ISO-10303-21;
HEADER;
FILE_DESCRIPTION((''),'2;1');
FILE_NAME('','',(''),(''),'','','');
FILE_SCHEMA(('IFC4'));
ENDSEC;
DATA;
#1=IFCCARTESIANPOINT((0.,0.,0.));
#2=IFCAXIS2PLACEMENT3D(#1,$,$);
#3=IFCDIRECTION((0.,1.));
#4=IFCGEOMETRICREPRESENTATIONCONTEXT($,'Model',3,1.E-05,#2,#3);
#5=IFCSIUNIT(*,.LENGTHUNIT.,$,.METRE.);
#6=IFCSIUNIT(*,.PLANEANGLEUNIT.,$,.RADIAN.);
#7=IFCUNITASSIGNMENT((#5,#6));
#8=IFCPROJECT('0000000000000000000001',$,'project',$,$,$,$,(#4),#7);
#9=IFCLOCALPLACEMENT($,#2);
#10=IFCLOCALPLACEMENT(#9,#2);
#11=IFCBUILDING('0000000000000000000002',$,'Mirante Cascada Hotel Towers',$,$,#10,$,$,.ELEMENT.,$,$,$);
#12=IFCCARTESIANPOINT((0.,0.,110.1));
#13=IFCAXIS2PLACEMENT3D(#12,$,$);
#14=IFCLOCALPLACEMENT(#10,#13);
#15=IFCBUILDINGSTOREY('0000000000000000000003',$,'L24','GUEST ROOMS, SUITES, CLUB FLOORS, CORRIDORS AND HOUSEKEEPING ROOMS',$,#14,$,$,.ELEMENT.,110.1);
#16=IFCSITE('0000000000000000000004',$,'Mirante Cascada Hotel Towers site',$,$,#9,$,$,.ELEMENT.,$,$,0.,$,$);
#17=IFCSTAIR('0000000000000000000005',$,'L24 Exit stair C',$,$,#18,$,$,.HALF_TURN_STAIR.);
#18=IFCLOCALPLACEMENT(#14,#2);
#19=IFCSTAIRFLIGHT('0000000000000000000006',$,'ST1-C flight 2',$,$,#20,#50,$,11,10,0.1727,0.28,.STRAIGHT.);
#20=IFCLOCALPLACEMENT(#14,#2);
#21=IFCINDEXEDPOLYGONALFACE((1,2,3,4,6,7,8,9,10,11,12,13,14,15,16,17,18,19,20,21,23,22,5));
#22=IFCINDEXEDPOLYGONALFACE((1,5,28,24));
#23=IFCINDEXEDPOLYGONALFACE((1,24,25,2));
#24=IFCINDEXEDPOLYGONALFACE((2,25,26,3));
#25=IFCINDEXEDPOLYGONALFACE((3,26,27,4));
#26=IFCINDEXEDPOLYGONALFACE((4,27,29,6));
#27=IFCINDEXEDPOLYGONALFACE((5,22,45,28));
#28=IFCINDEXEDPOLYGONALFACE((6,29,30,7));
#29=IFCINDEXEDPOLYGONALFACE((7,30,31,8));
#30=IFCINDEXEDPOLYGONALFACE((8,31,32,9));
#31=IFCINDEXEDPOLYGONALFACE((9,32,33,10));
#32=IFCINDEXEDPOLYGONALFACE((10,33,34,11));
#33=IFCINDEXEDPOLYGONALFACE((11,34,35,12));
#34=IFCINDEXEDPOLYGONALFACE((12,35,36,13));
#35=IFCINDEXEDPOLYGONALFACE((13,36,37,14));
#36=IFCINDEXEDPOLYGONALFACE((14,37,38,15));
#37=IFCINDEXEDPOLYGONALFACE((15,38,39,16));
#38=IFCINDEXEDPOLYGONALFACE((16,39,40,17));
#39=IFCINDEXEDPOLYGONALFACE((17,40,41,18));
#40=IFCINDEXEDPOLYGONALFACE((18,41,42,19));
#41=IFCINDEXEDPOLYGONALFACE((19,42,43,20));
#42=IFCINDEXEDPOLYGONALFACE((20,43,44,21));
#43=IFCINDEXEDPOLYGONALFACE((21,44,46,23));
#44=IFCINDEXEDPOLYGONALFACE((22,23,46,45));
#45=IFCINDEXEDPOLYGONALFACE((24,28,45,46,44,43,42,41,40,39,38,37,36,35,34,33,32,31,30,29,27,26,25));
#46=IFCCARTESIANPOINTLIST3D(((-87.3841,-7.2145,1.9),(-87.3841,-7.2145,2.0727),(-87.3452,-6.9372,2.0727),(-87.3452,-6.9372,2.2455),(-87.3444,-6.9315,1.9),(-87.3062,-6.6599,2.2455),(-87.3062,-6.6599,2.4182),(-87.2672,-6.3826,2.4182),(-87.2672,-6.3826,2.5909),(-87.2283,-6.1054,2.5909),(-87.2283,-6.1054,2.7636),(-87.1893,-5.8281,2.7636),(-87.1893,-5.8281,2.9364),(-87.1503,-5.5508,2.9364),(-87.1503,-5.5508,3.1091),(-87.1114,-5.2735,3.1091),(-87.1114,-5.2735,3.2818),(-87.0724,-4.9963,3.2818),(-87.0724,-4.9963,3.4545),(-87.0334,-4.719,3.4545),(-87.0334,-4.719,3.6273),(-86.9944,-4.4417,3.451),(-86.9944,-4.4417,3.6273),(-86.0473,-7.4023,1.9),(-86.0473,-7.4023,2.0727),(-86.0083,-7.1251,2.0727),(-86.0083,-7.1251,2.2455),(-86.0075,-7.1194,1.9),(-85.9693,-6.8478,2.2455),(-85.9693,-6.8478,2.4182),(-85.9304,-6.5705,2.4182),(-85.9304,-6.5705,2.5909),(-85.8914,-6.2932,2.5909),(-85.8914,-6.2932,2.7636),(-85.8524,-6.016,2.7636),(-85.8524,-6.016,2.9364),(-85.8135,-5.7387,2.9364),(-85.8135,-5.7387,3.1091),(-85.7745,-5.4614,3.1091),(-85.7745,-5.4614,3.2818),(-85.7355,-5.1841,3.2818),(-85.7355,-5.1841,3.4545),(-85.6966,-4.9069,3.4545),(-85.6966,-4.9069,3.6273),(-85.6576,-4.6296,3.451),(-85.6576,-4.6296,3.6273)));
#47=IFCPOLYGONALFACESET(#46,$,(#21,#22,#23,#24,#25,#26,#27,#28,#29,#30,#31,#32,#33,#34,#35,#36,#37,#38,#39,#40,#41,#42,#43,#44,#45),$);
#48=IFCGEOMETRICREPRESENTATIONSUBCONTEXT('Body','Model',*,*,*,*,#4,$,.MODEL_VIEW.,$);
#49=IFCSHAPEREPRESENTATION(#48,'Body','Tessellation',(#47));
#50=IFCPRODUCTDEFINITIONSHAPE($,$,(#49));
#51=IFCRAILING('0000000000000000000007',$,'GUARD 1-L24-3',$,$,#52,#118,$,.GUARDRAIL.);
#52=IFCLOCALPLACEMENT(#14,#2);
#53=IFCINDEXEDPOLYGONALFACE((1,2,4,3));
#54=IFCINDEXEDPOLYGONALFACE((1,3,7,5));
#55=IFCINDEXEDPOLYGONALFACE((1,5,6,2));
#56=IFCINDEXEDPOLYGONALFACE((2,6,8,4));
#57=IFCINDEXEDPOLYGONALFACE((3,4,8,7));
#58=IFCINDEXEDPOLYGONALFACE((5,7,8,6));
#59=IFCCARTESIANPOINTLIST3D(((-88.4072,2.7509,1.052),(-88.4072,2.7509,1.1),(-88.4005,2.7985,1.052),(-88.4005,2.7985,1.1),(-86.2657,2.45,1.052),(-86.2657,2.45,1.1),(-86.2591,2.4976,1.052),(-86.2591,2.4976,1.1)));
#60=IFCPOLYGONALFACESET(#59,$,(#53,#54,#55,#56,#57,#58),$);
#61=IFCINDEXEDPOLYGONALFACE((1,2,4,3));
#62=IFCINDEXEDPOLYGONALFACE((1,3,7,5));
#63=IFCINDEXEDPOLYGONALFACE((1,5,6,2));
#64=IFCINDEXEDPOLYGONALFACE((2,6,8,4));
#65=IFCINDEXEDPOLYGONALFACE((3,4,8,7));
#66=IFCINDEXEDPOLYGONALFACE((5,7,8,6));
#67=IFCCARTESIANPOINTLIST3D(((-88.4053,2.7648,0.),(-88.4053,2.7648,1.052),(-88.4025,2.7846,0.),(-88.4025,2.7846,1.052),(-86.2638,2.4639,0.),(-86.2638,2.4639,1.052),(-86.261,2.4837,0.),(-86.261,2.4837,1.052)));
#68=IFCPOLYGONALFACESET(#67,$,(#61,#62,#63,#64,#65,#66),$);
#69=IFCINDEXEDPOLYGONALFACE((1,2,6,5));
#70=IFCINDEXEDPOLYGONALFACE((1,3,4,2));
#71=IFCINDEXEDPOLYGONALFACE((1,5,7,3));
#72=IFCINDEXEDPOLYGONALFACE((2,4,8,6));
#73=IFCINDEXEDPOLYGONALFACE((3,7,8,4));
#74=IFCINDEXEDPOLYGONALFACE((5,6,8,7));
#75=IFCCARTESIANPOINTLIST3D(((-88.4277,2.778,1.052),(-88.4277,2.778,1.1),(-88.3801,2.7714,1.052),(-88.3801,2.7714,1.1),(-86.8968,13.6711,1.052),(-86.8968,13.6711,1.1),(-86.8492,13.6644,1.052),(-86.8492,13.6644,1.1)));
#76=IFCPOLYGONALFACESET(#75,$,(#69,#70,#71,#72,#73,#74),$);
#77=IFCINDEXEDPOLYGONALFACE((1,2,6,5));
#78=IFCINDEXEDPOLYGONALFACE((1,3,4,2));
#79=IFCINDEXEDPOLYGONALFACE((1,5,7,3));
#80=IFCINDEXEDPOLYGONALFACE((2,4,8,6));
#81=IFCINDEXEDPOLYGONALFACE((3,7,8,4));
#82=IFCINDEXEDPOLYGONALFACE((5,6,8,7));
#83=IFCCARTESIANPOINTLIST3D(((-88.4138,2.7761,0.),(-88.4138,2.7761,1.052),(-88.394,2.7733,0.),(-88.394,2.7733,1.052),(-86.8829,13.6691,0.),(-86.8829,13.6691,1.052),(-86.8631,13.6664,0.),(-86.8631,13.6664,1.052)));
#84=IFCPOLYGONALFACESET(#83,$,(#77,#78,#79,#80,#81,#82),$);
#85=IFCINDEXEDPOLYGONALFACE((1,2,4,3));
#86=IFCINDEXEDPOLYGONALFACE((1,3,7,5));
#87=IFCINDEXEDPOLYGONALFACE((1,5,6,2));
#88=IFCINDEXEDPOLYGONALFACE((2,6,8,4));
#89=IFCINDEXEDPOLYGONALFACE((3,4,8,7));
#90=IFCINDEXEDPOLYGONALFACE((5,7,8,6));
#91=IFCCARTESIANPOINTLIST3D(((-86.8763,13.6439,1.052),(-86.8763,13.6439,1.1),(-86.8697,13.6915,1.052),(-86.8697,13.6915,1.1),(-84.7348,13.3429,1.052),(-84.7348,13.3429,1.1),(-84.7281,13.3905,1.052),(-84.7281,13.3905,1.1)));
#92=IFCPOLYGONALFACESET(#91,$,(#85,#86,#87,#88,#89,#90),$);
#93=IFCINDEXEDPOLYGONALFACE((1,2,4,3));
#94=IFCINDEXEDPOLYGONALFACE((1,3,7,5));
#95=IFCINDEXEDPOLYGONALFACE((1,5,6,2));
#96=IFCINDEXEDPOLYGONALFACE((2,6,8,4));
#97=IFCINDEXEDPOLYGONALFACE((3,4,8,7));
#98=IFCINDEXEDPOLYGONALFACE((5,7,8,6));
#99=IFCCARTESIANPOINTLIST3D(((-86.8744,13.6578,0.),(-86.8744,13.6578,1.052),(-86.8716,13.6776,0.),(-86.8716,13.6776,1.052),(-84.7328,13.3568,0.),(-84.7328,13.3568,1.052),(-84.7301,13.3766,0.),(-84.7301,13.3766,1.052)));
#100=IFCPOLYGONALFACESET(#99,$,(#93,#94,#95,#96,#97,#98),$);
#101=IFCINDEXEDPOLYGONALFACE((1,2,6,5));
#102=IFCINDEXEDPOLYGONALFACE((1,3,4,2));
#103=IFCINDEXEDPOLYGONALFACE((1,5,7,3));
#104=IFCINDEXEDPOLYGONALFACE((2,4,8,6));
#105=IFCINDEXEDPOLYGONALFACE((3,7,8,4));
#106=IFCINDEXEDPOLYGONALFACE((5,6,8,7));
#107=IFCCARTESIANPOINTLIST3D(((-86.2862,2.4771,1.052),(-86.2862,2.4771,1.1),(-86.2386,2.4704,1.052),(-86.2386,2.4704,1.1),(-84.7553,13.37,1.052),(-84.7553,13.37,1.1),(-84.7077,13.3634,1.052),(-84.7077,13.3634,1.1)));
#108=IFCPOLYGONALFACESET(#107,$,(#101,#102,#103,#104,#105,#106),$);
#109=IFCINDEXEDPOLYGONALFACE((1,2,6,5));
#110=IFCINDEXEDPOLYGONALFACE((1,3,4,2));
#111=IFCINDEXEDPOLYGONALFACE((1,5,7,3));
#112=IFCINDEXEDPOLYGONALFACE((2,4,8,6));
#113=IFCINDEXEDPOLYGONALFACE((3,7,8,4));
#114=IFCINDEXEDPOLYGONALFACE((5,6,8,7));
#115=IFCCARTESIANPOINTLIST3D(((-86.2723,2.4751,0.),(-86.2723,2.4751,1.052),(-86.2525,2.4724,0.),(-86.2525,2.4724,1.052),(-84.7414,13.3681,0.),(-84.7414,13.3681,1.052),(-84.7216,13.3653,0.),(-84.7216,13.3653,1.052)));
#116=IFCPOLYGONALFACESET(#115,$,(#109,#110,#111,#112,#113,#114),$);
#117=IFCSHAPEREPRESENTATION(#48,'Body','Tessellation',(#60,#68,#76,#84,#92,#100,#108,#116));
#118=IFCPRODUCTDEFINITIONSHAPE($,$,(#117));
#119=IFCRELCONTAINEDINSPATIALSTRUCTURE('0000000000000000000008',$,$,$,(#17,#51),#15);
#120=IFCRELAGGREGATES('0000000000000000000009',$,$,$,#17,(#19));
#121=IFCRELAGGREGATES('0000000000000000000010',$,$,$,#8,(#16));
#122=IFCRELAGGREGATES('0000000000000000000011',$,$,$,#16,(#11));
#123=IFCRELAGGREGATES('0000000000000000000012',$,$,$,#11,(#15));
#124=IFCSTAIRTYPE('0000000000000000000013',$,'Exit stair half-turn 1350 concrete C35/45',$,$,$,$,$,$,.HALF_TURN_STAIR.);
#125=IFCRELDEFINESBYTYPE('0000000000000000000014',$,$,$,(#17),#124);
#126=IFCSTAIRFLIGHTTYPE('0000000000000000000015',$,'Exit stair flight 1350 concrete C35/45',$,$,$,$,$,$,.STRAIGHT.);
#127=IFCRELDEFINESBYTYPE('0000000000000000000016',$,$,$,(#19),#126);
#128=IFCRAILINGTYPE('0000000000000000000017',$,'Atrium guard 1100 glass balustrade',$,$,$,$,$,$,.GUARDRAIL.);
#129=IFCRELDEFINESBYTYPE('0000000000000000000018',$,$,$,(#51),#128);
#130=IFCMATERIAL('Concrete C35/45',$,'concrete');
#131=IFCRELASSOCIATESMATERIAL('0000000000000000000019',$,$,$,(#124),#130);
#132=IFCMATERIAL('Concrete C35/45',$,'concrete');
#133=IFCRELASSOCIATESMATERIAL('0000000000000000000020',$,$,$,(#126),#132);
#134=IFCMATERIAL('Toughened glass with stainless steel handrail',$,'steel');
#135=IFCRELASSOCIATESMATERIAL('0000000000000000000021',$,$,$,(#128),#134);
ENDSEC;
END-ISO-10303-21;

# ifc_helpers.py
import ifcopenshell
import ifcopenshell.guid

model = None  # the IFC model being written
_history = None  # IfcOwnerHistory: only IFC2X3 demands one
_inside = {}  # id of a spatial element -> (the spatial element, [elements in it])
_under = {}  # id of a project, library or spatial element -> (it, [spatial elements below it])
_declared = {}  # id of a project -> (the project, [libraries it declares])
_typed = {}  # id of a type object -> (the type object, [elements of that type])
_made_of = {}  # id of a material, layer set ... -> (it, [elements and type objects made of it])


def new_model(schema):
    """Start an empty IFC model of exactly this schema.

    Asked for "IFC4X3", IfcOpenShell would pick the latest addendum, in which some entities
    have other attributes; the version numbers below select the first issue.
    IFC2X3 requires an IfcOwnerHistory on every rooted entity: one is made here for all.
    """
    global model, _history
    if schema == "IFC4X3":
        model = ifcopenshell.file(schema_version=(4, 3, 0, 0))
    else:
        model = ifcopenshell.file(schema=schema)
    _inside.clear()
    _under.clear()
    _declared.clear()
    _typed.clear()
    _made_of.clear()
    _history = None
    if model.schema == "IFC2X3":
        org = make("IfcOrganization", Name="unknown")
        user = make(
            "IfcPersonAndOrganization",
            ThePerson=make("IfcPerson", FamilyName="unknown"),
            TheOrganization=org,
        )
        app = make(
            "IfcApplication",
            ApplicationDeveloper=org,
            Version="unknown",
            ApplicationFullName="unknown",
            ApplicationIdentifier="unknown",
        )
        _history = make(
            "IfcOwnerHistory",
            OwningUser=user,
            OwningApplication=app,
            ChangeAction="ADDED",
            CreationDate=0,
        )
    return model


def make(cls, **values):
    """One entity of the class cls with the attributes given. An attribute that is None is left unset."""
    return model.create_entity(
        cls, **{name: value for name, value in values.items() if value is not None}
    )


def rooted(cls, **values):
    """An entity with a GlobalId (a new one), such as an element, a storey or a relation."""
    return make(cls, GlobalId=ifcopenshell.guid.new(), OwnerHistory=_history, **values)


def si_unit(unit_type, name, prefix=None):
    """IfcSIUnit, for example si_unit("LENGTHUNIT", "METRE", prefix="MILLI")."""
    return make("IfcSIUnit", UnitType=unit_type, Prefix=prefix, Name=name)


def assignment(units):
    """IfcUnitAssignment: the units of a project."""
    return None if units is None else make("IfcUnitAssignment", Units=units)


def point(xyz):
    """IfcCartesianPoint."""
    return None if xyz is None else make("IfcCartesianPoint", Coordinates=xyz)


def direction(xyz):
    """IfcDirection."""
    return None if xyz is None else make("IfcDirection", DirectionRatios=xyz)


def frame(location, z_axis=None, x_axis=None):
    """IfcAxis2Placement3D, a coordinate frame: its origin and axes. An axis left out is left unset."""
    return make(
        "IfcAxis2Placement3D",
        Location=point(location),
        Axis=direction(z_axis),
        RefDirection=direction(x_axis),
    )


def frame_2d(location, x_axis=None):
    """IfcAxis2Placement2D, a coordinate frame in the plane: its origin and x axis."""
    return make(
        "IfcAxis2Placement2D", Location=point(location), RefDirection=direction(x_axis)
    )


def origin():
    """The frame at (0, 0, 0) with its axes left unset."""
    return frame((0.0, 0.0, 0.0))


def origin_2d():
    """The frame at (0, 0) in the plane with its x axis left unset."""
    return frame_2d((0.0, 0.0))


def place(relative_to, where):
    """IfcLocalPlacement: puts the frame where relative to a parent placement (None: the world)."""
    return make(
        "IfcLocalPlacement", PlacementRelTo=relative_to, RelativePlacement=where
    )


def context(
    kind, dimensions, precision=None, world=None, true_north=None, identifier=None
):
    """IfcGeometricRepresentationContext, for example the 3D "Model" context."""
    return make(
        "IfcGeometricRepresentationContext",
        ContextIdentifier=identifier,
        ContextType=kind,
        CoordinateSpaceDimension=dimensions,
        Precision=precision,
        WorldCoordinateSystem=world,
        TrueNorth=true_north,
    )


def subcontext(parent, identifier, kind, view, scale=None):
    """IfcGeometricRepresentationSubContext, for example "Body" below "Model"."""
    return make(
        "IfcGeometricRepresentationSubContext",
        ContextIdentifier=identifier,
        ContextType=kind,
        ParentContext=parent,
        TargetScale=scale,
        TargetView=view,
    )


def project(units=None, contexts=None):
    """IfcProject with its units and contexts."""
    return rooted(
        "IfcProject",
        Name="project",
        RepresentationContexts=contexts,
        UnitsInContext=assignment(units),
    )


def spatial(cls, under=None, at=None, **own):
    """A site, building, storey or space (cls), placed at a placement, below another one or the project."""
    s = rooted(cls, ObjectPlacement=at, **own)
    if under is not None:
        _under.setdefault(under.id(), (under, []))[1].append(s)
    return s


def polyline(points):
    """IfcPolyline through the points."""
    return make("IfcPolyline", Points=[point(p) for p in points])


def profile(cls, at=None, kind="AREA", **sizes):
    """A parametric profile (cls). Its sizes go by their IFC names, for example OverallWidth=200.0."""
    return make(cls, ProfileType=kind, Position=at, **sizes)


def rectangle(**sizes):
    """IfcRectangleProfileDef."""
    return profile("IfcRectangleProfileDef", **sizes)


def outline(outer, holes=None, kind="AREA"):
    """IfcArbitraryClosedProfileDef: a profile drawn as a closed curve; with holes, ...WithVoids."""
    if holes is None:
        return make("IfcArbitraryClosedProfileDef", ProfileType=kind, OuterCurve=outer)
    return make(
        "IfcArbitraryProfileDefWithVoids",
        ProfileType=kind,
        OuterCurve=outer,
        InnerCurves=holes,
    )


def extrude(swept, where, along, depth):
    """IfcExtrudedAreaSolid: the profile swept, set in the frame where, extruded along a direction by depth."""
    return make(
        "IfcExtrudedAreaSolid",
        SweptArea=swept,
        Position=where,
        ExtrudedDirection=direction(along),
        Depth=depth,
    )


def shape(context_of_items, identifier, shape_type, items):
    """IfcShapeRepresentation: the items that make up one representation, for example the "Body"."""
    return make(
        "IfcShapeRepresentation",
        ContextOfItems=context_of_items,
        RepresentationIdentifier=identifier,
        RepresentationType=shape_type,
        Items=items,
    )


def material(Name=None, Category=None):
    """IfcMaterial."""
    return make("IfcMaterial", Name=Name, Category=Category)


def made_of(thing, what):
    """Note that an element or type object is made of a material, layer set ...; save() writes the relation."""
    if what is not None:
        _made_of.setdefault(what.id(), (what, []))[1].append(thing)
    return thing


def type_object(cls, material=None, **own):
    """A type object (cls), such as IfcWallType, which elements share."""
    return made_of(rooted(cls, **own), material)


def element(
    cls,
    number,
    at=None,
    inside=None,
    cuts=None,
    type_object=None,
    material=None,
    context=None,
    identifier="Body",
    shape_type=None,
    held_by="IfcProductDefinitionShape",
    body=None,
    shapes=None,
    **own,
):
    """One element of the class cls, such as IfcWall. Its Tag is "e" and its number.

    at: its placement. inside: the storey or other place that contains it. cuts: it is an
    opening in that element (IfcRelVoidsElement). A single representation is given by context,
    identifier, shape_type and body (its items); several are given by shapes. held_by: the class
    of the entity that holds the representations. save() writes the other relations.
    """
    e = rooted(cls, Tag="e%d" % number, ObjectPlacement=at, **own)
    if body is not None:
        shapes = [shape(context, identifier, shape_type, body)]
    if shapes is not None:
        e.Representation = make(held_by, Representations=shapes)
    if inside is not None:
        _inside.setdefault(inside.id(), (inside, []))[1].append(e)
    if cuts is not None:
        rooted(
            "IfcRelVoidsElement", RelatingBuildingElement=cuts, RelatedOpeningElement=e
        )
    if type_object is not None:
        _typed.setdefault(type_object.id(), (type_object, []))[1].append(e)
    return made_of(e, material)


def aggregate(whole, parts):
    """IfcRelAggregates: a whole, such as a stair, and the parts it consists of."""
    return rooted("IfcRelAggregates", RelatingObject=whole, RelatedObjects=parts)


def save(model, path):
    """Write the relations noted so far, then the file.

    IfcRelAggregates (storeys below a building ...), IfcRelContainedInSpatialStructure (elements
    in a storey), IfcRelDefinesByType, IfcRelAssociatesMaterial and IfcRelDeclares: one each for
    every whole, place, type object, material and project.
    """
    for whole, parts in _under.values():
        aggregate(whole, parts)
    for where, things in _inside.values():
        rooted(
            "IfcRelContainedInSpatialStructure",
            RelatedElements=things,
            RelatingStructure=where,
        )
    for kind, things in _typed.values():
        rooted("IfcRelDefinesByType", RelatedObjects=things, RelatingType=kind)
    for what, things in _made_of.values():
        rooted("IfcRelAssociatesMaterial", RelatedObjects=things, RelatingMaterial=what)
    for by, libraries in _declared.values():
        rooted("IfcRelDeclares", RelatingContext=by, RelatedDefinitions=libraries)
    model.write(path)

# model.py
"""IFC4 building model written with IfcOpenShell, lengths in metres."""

from ifc_helpers import new_model, si_unit, direction, frame, origin, origin_2d, place, context, subcontext, project, spatial, polyline, rectangle, outline, extrude, material, type_object, element, aggregate, save


model = new_model("IFC4")

# Units and contexts
model_context = context("Model", 3, precision=1e-05, world=origin(), true_north=direction((0.0, 1.0)))
body_context = subcontext(model_context, "Body", "Model", "MODEL_VIEW")
ifc_project = project(units=[si_unit("LENGTHUNIT", "METRE"), si_unit("PLANEANGLEUNIT", "RADIAN")], contexts=[model_context])

# Site, building, storey
site_placement = place(None, origin())
site = spatial("IfcSite", under=ifc_project, at=site_placement, Name="Mirante Cascada Hotel Towers site", CompositionType="ELEMENT", RefElevation=0.0)
building_placement = place(site_placement, origin())
building = spatial("IfcBuilding", under=site, at=building_placement, Name="Mirante Cascada Hotel Towers", CompositionType="ELEMENT")
storey_placement = place(building_placement, frame((0.0, 0.0, 110.1)))
storey = spatial("IfcBuildingStorey", under=building, at=storey_placement, Name="L24", Description="GUEST ROOMS, SUITES, CLUB FLOORS, CORRIDORS AND HOUSEKEEPING ROOMS", CompositionType="ELEMENT", Elevation=110.1)

# Stair, stair flight
ifc_material_1 = material(Name="Concrete C35/45", Category="concrete")
stair_type = type_object("IfcStairType", Name="Exit stair half-turn 1350 concrete C35/45", PredefinedType="HALF_TURN_STAIR", material=ifc_material_1)
stair_placement = place(storey_placement, origin())
stair = element("IfcStair", 1, at=stair_placement, inside=storey, type_object=stair_type, Name="L24 Exit stair C", PredefinedType="HALF_TURN_STAIR")
ifc_material_2 = material(Name="Concrete C35/45", Category="concrete")
stair_flight_type = type_object("IfcStairFlightType", Name="Exit stair flight 1350 concrete C35/45", PredefinedType="STRAIGHT", material=ifc_material_2)
stair_flight_1_placement = place(storey_placement, frame((-86.7157, -7.3084, 1.9), z_axis=(0.0, 0.0, 1.0), x_axis=(0.139173, 0.990268, 0.0)))
stair_flight_1 = element("IfcStairFlight", 2, at=stair_flight_1_placement, type_object=stair_flight_type, Name="ST1-C flight 2", NumberOfRisers=11, NumberOfTreads=10, PredefinedType="STRAIGHT", RiserHeight=0.1727, TreadLength=0.28, context=body_context, shape_type="SweptSolid", body=[
    extrude(outline(polyline([(0.0, 0.0), (0.0, 0.1727), (0.28, 0.1727), (0.28, 0.3455), (0.56, 0.3455), (0.56, 0.5182), (0.84, 0.5182), (0.84, 0.6909), (1.12, 0.6909), (1.12, 0.8636), (1.4, 0.8636), (1.4, 1.0364), (1.68, 1.0364), (1.68, 1.2091), (1.96, 1.2091), (1.96, 1.3818), (2.24, 1.3818), (2.24, 1.5545), (2.52, 1.5545), (2.52, 1.7273), (2.8, 1.7273), (2.8, 1.9), (2.8, 1.551), (0.2857, 0.0), (0.0, 0.0)])), frame((0.0, 0.675, 0.0), z_axis=(0.0, -1.0, 0.0), x_axis=(1.0, 0.0, 0.0)), (0.0, 0.0, 1.0), 1.35),
])
aggregate(stair, [stair_flight_1])

# Railing
ifc_material_3 = material(Name="Toughened glass with stainless steel handrail", Category="steel")
railing_type_1 = type_object("IfcRailingType", Name="Atrium guard 1100 glass balustrade", PredefinedType="GUARDRAIL", material=ifc_material_3)
railing_1_placement = place(storey_placement, frame((-86.2624, 2.4738, 0.0)))
element("IfcRailing", 3, at=railing_1_placement, inside=storey, type_object=railing_type_1, Name="GUARD 1-L24-3", PredefinedType="GUARDRAIL", context=body_context, shape_type="SweptSolid", body=[
    extrude(rectangle(XDim=0.048, YDim=0.048, at=origin_2d()), frame((0.0, 0.0, 1.076), z_axis=(-0.990272, 0.139142, 0.0), x_axis=(-0.139142, -0.990272, 0.0)), (0.0, 0.0, 1.0), 2.1625),
    extrude(rectangle(XDim=0.02, YDim=1.052, at=origin_2d()), frame((0.0, 0.0, 0.526), z_axis=(-0.990272, 0.139142, 0.0), x_axis=(-0.139142, -0.990272, 0.0)), (0.0, 0.0, 1.0), 2.1625),
    extrude(rectangle(XDim=0.048, YDim=0.048, at=origin_2d()), frame((-2.1415, 0.3009, 1.076), z_axis=(0.139172, 0.990268, 0.0), x_axis=(-0.990268, 0.139172, 0.0)), (0.0, 0.0, 1.0), 11.0001),
    extrude(rectangle(XDim=0.02, YDim=1.052, at=origin_2d()), frame((-2.1415, 0.3009, 0.526), z_axis=(0.139172, 0.990268, 0.0), x_axis=(-0.990268, 0.139172, 0.0)), (0.0, 0.0, 1.0), 11.0001),
    extrude(rectangle(XDim=0.048, YDim=0.048, at=origin_2d()), frame((-0.6106, 11.1939, 1.076), z_axis=(0.990266, -0.139187, 0.0), x_axis=(0.139187, 0.990266, 0.0)), (0.0, 0.0, 1.0), 2.1626),
    extrude(rectangle(XDim=0.02, YDim=1.052, at=origin_2d()), frame((-0.6106, 11.1939, 0.526), z_axis=(0.990266, -0.139187, 0.0), x_axis=(0.139187, 0.990266, 0.0)), (0.0, 0.0, 1.0), 2.1626),
    extrude(rectangle(XDim=0.048, YDim=0.048, at=origin_2d()), frame((1.5309, 10.8929, 1.076), z_axis=(-0.139173, -0.990268, 0.0), x_axis=(0.990268, -0.139173, 0.0)), (0.0, 0.0, 1.0), 11.0),
    extrude(rectangle(XDim=0.02, YDim=1.052, at=origin_2d()), frame((1.5309, 10.8929, 0.526), z_axis=(-0.139173, -0.990268, 0.0), x_axis=(0.990268, -0.139173, 0.0)), (0.0, 0.0, 1.0), 11.0),
])

save(model, "model.ifc")
